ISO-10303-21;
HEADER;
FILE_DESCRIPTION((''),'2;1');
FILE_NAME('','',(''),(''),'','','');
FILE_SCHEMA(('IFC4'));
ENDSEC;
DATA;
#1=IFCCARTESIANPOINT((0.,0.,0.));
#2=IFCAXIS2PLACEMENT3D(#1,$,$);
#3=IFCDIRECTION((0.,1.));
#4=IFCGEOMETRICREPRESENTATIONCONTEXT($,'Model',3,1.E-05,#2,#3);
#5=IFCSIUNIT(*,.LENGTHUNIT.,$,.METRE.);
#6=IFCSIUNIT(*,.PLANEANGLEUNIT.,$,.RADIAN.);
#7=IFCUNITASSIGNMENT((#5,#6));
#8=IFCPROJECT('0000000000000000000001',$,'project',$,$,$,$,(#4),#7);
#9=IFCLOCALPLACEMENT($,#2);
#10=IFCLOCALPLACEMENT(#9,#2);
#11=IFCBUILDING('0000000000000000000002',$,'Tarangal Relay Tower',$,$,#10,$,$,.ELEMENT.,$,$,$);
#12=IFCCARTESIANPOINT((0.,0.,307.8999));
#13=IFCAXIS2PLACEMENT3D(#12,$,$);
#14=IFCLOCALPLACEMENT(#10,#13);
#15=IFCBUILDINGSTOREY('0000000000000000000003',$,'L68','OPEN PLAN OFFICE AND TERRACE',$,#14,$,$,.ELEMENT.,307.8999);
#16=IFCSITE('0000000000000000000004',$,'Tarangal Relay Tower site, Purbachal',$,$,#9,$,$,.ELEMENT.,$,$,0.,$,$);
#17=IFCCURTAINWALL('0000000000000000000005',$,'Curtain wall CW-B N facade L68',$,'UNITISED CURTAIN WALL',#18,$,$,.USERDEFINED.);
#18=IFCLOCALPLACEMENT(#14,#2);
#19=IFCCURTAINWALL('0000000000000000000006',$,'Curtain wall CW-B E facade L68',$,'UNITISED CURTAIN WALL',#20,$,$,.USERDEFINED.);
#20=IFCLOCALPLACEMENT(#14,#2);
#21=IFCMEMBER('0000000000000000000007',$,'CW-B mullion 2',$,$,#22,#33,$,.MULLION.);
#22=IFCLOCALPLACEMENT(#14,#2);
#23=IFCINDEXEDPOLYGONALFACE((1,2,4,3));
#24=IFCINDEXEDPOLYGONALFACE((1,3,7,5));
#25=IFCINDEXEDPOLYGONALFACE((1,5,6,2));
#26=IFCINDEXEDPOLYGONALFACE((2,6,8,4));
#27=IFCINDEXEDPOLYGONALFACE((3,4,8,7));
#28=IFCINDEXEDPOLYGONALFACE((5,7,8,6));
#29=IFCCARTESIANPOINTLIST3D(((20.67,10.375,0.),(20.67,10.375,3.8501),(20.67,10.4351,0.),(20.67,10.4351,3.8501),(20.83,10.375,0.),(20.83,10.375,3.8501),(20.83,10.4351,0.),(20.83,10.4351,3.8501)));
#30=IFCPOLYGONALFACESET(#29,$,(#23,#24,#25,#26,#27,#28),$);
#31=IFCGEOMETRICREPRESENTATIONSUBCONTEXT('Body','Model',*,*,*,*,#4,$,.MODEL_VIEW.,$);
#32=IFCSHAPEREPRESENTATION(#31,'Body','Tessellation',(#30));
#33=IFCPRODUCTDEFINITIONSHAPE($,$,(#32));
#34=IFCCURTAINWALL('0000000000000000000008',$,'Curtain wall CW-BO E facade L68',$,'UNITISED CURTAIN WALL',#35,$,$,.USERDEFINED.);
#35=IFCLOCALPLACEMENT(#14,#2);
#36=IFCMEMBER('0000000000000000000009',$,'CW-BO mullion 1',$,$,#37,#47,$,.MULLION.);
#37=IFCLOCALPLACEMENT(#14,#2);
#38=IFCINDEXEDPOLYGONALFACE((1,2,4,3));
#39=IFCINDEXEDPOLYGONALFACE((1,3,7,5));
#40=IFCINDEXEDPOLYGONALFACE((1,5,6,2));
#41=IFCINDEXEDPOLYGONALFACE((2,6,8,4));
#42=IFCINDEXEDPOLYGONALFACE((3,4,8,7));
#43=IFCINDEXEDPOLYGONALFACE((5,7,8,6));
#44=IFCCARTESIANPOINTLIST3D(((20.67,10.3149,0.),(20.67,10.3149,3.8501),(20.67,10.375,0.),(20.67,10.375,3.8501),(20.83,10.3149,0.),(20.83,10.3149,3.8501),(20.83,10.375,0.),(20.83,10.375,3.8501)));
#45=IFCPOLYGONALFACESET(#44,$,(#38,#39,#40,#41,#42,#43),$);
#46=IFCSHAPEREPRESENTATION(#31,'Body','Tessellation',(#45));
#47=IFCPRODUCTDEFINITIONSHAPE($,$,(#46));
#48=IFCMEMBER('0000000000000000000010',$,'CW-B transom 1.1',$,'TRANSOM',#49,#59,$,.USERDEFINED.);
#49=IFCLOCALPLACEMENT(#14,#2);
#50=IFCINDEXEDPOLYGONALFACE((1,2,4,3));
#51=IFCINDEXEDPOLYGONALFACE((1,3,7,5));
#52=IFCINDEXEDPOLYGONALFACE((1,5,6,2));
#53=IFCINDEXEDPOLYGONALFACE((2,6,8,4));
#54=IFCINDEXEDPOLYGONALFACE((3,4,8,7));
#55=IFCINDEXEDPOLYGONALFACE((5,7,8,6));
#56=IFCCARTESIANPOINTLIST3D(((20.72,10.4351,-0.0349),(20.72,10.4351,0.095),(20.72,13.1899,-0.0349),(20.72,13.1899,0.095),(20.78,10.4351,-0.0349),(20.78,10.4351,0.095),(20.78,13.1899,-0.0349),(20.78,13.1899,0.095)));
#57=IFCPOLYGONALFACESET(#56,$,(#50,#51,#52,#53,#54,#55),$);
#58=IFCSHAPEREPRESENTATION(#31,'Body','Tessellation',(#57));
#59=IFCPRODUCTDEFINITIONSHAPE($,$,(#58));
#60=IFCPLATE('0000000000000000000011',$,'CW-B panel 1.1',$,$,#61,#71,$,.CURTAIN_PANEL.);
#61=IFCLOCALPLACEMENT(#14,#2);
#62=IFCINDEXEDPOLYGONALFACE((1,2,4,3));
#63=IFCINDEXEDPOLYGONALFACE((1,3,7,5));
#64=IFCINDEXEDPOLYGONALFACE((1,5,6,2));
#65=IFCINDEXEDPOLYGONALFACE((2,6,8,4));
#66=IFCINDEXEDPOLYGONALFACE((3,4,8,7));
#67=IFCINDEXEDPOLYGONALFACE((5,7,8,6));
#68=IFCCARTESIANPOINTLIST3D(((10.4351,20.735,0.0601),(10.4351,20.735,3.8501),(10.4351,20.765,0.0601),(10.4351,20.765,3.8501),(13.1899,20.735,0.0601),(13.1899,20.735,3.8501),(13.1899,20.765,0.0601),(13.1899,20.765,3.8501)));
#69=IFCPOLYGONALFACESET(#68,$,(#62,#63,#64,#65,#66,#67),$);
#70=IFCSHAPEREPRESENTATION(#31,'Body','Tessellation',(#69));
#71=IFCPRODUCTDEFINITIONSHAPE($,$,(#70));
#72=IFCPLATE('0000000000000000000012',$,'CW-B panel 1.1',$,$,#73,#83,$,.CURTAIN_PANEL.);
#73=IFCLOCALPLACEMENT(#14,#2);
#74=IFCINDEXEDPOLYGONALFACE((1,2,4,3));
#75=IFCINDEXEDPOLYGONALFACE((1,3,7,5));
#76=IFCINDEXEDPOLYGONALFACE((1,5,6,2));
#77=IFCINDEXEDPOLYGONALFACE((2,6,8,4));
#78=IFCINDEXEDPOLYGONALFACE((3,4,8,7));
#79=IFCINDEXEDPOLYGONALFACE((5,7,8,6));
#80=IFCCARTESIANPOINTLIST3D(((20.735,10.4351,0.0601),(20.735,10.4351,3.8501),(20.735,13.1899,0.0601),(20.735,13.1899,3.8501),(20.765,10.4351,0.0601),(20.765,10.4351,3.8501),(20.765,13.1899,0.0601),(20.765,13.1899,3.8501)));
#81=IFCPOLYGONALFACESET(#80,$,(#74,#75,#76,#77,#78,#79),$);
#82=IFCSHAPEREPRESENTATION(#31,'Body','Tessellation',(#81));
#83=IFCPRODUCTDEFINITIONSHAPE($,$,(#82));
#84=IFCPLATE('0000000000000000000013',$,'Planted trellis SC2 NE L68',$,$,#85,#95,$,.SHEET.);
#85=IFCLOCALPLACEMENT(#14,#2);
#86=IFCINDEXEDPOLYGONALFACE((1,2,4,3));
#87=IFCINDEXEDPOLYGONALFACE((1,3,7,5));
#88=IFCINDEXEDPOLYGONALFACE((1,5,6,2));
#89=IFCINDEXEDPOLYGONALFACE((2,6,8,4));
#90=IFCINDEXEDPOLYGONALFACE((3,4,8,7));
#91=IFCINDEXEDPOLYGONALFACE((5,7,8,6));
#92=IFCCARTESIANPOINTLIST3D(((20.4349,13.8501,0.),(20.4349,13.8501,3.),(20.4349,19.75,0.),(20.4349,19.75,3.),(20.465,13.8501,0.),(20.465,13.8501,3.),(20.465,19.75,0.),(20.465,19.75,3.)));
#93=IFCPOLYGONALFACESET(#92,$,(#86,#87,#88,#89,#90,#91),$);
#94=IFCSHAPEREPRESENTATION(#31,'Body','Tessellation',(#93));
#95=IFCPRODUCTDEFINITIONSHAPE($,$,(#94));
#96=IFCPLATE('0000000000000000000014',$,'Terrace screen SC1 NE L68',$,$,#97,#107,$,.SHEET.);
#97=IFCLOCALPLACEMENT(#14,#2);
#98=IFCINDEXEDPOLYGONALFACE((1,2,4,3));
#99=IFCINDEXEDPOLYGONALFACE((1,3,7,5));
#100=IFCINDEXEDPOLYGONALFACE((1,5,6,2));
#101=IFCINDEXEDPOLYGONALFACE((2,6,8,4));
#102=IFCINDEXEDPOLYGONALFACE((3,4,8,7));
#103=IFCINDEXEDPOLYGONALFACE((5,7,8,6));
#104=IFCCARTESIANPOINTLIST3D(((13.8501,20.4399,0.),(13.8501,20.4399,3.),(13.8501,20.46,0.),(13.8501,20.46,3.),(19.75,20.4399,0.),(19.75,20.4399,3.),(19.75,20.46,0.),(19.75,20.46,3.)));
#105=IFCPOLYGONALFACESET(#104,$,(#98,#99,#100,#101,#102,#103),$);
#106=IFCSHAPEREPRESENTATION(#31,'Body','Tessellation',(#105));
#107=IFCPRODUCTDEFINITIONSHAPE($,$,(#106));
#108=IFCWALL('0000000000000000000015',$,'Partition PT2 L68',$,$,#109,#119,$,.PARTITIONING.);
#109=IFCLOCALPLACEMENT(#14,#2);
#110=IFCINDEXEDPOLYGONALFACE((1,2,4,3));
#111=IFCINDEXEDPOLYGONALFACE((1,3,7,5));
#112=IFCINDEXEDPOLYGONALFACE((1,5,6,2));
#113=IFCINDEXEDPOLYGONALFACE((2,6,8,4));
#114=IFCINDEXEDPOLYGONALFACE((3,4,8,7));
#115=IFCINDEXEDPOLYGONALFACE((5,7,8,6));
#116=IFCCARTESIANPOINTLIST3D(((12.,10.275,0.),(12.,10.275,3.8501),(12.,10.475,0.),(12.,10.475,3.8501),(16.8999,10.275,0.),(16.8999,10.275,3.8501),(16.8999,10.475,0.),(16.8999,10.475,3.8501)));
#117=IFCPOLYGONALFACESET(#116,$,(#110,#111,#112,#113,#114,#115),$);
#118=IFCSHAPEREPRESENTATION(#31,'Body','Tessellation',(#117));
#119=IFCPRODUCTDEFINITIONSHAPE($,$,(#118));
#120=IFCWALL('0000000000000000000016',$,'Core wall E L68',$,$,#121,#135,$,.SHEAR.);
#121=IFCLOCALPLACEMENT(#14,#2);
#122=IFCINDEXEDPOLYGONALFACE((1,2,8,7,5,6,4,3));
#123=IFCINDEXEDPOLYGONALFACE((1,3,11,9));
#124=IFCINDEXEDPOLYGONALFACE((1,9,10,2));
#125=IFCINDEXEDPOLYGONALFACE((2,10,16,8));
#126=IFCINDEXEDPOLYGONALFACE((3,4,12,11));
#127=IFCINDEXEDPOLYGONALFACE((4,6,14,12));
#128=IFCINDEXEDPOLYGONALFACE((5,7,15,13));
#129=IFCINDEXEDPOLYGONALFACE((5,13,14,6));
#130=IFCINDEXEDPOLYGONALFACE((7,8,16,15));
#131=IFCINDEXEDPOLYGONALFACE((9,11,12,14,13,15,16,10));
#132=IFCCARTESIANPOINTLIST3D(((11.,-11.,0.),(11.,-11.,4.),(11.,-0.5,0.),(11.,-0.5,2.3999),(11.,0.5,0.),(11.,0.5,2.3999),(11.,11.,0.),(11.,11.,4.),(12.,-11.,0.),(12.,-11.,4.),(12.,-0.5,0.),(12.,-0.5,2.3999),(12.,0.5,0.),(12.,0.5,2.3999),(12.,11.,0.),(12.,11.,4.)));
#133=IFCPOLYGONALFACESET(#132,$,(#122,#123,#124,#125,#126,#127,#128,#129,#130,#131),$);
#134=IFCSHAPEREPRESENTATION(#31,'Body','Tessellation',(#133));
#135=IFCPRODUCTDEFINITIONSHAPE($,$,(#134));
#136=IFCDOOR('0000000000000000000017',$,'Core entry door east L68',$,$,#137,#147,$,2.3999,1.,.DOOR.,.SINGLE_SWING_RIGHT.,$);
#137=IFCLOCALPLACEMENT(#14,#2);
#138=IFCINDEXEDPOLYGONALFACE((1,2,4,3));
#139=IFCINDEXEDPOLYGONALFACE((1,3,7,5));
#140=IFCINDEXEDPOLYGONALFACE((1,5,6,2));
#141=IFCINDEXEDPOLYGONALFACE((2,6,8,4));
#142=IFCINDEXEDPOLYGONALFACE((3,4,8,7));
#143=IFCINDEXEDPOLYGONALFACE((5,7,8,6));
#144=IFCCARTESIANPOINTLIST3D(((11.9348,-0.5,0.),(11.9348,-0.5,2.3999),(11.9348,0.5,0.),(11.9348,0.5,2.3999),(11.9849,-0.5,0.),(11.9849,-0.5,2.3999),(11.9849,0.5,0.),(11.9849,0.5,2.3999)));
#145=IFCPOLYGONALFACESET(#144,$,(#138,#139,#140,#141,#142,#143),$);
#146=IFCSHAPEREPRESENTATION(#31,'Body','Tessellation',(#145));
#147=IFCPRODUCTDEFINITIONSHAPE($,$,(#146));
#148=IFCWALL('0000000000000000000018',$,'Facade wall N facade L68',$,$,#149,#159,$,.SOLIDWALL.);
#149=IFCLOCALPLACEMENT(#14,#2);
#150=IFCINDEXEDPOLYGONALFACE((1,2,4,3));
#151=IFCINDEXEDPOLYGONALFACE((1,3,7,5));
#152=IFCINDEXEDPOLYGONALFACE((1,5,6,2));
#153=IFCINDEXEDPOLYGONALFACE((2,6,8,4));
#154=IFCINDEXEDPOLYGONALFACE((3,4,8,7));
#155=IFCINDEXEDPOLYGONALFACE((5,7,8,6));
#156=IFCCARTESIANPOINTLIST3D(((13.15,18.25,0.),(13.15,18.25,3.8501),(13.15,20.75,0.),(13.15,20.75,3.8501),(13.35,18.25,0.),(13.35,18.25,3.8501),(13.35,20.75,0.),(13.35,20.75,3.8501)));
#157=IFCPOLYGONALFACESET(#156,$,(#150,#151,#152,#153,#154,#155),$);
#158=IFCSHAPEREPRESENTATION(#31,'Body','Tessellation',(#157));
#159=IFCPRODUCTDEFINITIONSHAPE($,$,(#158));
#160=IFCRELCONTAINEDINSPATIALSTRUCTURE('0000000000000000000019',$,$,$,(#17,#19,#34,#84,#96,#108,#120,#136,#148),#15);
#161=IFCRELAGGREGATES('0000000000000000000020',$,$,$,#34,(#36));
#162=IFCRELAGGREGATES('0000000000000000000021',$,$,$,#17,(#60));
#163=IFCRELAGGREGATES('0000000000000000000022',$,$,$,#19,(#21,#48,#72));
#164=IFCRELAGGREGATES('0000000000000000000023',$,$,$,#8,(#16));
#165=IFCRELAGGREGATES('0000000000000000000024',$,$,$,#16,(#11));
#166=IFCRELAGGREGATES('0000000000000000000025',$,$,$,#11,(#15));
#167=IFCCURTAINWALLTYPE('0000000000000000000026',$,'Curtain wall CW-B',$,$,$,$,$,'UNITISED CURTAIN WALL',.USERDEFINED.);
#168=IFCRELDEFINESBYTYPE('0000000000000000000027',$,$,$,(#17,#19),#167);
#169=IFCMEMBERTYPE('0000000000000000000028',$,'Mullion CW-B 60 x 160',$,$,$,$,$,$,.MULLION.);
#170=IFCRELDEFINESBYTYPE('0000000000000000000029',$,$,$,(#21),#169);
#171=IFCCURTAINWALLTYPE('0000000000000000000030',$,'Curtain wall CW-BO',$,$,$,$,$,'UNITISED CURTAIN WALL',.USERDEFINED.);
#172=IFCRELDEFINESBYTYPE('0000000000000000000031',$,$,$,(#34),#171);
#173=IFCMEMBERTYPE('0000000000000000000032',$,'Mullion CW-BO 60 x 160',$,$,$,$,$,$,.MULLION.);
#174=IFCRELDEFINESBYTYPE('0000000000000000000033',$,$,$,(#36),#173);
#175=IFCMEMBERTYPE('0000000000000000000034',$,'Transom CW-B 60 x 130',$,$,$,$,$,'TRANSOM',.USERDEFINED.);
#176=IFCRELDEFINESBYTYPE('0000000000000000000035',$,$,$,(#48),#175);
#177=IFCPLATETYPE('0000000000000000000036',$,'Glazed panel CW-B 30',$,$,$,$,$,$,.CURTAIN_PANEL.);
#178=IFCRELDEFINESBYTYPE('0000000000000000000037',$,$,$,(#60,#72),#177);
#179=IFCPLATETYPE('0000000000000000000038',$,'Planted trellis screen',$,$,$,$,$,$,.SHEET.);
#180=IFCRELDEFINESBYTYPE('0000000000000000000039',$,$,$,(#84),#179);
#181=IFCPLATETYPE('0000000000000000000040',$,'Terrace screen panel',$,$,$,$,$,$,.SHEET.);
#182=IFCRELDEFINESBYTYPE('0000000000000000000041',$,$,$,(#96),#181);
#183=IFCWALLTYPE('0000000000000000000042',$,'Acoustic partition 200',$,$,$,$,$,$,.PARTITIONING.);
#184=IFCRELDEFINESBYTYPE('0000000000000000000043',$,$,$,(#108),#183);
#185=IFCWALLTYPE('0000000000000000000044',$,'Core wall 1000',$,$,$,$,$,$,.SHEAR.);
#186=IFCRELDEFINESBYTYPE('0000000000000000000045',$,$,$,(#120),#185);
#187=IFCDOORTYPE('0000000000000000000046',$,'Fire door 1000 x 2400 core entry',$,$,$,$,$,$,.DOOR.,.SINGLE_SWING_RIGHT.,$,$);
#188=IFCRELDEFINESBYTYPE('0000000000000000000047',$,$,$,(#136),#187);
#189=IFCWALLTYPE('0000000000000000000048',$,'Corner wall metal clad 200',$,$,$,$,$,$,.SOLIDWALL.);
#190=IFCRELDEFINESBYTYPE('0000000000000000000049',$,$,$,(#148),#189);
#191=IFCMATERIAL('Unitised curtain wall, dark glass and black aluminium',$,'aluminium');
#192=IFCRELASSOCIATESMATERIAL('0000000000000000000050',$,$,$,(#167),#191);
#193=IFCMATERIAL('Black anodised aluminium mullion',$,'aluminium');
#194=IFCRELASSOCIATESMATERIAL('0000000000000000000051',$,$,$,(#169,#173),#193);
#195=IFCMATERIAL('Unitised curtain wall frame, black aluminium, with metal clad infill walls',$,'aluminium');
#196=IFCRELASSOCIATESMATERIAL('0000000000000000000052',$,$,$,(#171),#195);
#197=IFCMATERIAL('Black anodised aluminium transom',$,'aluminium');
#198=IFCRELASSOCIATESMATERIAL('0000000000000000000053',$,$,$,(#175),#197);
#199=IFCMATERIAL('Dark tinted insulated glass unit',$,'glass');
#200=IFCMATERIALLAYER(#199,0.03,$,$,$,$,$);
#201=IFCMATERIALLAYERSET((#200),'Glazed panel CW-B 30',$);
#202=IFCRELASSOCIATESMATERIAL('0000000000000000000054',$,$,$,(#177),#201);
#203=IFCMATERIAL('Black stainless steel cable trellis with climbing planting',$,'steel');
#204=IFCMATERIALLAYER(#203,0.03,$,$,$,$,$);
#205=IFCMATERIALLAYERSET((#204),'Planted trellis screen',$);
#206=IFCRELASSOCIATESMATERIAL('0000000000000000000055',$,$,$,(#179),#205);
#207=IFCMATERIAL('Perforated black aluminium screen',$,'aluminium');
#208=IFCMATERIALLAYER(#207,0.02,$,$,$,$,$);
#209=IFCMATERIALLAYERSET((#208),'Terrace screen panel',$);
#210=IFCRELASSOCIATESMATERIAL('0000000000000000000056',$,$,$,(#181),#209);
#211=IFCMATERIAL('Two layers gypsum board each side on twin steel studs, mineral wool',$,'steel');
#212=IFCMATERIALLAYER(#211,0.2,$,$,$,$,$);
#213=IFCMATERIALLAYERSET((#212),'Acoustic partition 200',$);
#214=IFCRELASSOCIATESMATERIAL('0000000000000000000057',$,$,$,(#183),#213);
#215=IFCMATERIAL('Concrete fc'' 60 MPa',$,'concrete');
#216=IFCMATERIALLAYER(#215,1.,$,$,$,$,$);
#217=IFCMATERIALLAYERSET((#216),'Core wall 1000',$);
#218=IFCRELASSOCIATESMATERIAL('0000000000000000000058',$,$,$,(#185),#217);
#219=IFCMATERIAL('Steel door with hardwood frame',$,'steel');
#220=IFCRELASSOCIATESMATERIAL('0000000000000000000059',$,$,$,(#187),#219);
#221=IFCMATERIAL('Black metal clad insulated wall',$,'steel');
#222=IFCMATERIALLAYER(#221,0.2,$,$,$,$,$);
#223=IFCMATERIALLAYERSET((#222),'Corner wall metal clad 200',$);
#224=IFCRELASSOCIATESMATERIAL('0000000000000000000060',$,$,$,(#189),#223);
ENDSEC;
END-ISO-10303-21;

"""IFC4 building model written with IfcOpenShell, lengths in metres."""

from ifc_helpers import new_model, si_unit, direction, frame, frame_2d, origin, origin_2d, place, context, subcontext, project, spatial, rectangle, extrude, material, layer, layer_set, material_profile, profile_set, type_object, element, fill, aggregate, save


model = new_model("IFC4")

# Units and contexts
model_context = context("Model", 3, precision=1e-05, world=origin(), true_north=direction((0.0, 1.0)))
body_context = subcontext(model_context, "Body", "Model", "MODEL_VIEW")
ifc_project = project(units=[si_unit("LENGTHUNIT", "METRE"), si_unit("PLANEANGLEUNIT", "RADIAN")], contexts=[model_context])

# Site, building, storey
site_placement = place(None, origin())
site = spatial("IfcSite", under=ifc_project, at=site_placement, Name="Tarangal Relay Tower site, Purbachal", CompositionType="ELEMENT", RefElevation=0.0)
building_placement = place(site_placement, origin())
building = spatial("IfcBuilding", under=site, at=building_placement, Name="Tarangal Relay Tower", CompositionType="ELEMENT")
storey_placement = place(building_placement, frame((0.0, 0.0, 307.8999)))
storey = spatial("IfcBuildingStorey", under=building, at=storey_placement, Name="L68", Description="OPEN PLAN OFFICE AND TERRACE", CompositionType="ELEMENT", Elevation=307.8999)

# Curtain wall
ifc_material_1 = material(Name="Unitised curtain wall, dark glass and black aluminium", Category="aluminium")
curtain_wall_type_1 = type_object("IfcCurtainWallType", Name="Curtain wall CW-B", ElementType="UNITISED CURTAIN WALL", PredefinedType="USERDEFINED", material=ifc_material_1)
curtain_wall_1_placement = place(storey_placement, origin())
curtain_wall_1 = element("IfcCurtainWall", 1, at=curtain_wall_1_placement, inside=storey, type_object=curtain_wall_type_1, Name="Curtain wall CW-B N facade L68", ObjectType="UNITISED CURTAIN WALL", PredefinedType="USERDEFINED")
ifc_material_2 = material(Name="Black anodised aluminium mullion", Category="aluminium")
ifc_material_profile_1 = material_profile(ifc_material_2, rectangle(XDim=0.1599, YDim=0.0601, at=origin_2d()), Name="CW-BM 60X160")
ifc_profile_set_1 = profile_set([ifc_material_profile_1], Name="Black anodised aluminium mullion")
member_type_1 = type_object("IfcMemberType", Name="Mullion CW-B 60 x 160", PredefinedType="MULLION", material=ifc_profile_set_1)

# Curtain wall, member
curtain_wall_2_placement = place(storey_placement, origin())
curtain_wall_2 = element("IfcCurtainWall", 2, at=curtain_wall_2_placement, inside=storey, type_object=curtain_wall_type_1, Name="Curtain wall CW-B E facade L68", ObjectType="UNITISED CURTAIN WALL", PredefinedType="USERDEFINED")
member_1_placement = place(storey_placement, frame((20.75, 10.405, 0.0), z_axis=(0.0, 0.0, 1.0), x_axis=(1.0, 0.0, 0.0)))
member_1 = element("IfcMember", 3, at=member_1_placement, type_object=member_type_1, Name="CW-B mullion 2", PredefinedType="MULLION", context=body_context, shape_type="SweptSolid", body=[
    extrude(rectangle(XDim=0.1599, YDim=0.0601, at=origin_2d()), origin(), (0.0, 0.0, 1.0), 3.8501),
])

# Curtain wall, member
ifc_material_3 = material(Name="Unitised curtain wall frame, black aluminium, with metal clad infill walls", Category="aluminium")
curtain_wall_type_2 = type_object("IfcCurtainWallType", Name="Curtain wall CW-BO", ElementType="UNITISED CURTAIN WALL", PredefinedType="USERDEFINED", material=ifc_material_3)
curtain_wall_3_placement = place(storey_placement, origin())
curtain_wall_3 = element("IfcCurtainWall", 4, at=curtain_wall_3_placement, inside=storey, type_object=curtain_wall_type_2, Name="Curtain wall CW-BO E facade L68", ObjectType="UNITISED CURTAIN WALL", PredefinedType="USERDEFINED")
ifc_material_profile_2 = material_profile(ifc_material_2, rectangle(XDim=0.1599, YDim=0.0601, at=origin_2d()), Name="CW-BOM 60X160")
ifc_profile_set_2 = profile_set([ifc_material_profile_2], Name="Black anodised aluminium mullion")
member_type_2 = type_object("IfcMemberType", Name="Mullion CW-BO 60 x 160", PredefinedType="MULLION", material=ifc_profile_set_2)
member_2_placement = place(storey_placement, frame((20.75, 10.345, 0.0), z_axis=(0.0, 0.0, 1.0), x_axis=(1.0, 0.0, 0.0)))
member_2 = element("IfcMember", 5, at=member_2_placement, type_object=member_type_2, Name="CW-BO mullion 1", PredefinedType="MULLION", context=body_context, shape_type="SweptSolid", body=[
    extrude(rectangle(XDim=0.1599, YDim=0.0601, at=origin_2d()), origin(), (0.0, 0.0, 1.0), 3.8501),
])
aggregate(curtain_wall_3, [member_2])

# Member
ifc_material_4 = material(Name="Black anodised aluminium transom", Category="aluminium")
ifc_material_profile_3 = material_profile(ifc_material_4, rectangle(XDim=0.0601, YDim=0.1299, at=origin_2d()), Name="CW-BT 60X130")
ifc_profile_set_3 = profile_set([ifc_material_profile_3], Name="Black anodised aluminium transom")
member_type_3 = type_object("IfcMemberType", Name="Transom CW-B 60 x 130", ElementType="TRANSOM", PredefinedType="USERDEFINED", material=ifc_profile_set_3)
member_3_placement = place(storey_placement, frame((20.75, 13.1899, 0.03), z_axis=(0.0, -1.0, 0.0), x_axis=(1.0, 0.0, 0.0)))
member_3 = element("IfcMember", 6, at=member_3_placement, type_object=member_type_3, Name="CW-B transom 1.1", ObjectType="TRANSOM", PredefinedType="USERDEFINED", context=body_context, shape_type="SweptSolid", body=[
    extrude(rectangle(XDim=0.0601, YDim=0.1299, at=origin_2d()), origin(), (0.0, 0.0, 1.0), 2.7549),
])

# Plates
ifc_material_5 = material(Name="Dark tinted insulated glass unit", Category="glass")
ifc_layer_1 = layer(ifc_material_5, 0.03)
ifc_layer_set_1 = layer_set([ifc_layer_1], Name="Glazed panel CW-B 30")
plate_type_1 = type_object("IfcPlateType", Name="Glazed panel CW-B 30", PredefinedType="CURTAIN_PANEL", material=ifc_layer_set_1)
plate_1_placement = place(storey_placement, frame((11.8125, 20.75, 0.0601), z_axis=(0.0, 0.0, 1.0), x_axis=(1.0, 0.0, 0.0)))
plate_1 = element("IfcPlate", 7, at=plate_1_placement, type_object=plate_type_1, Name="CW-B panel 1.1", PredefinedType="CURTAIN_PANEL", context=body_context, shape_type="SweptSolid", body=[
    extrude(rectangle(XDim=2.7549, YDim=0.03, at=origin_2d()), origin(), (0.0, 0.0, 1.0), 3.79),
])
aggregate(curtain_wall_1, [plate_1])
plate_2_placement = place(storey_placement, frame((20.75, 11.8125, 0.0601), z_axis=(0.0, 0.0, 1.0), x_axis=(0.0, -1.0, 0.0)))
plate_2 = element("IfcPlate", 8, at=plate_2_placement, type_object=plate_type_1, Name="CW-B panel 1.1", PredefinedType="CURTAIN_PANEL", context=body_context, shape_type="SweptSolid", body=[
    extrude(rectangle(XDim=2.7549, YDim=0.03, at=origin_2d()), origin(), (0.0, 0.0, 1.0), 3.79),
])
aggregate(curtain_wall_2, [member_1, member_3, plate_2])

# Plates
ifc_material_6 = material(Name="Black stainless steel cable trellis with climbing planting", Category="steel")
ifc_layer_2 = layer(ifc_material_6, 0.03)
ifc_layer_set_2 = layer_set([ifc_layer_2], Name="Planted trellis screen")
plate_type_2 = type_object("IfcPlateType", Name="Planted trellis screen", PredefinedType="SHEET", material=ifc_layer_set_2)
plate_3_placement = place(storey_placement, frame((20.45, 16.8, 0.0), z_axis=(0.0, 0.0, 1.0), x_axis=(0.0, -1.0, 0.0)))
element("IfcPlate", 9, at=plate_3_placement, inside=storey, type_object=plate_type_2, Name="Planted trellis SC2 NE L68", PredefinedType="SHEET", context=body_context, shape_type="SweptSolid", body=[
    extrude(rectangle(XDim=5.8999, YDim=0.03, at=origin_2d()), origin(), (0.0, 0.0, 1.0), 3.0),
])
ifc_material_7 = material(Name="Perforated black aluminium screen", Category="aluminium")
ifc_layer_3 = layer(ifc_material_7, 0.02)
ifc_layer_set_3 = layer_set([ifc_layer_3], Name="Terrace screen panel")
plate_type_3 = type_object("IfcPlateType", Name="Terrace screen panel", PredefinedType="SHEET", material=ifc_layer_set_3)
plate_4_placement = place(storey_placement, frame((16.8, 20.45, 0.0), z_axis=(0.0, 0.0, 1.0), x_axis=(1.0, 0.0, 0.0)))
element("IfcPlate", 10, at=plate_4_placement, inside=storey, type_object=plate_type_3, Name="Terrace screen SC1 NE L68", PredefinedType="SHEET", context=body_context, shape_type="SweptSolid", body=[
    extrude(rectangle(XDim=5.8999, YDim=0.02, at=origin_2d()), origin(), (0.0, 0.0, 1.0), 3.0),
])

# Wall
ifc_material_8 = material(Name="Two layers gypsum board each side on twin steel studs, mineral wool", Category="steel")
ifc_layer_4 = layer(ifc_material_8, 0.2)
ifc_layer_set_4 = layer_set([ifc_layer_4], Name="Acoustic partition 200")
wall_type_1 = type_object("IfcWallType", Name="Acoustic partition 200", PredefinedType="PARTITIONING", material=ifc_layer_set_4)
wall_1_placement = place(storey_placement, frame((12.0, 10.375, 0.0), z_axis=(0.0, 0.0, 1.0), x_axis=(1.0, 0.0, 0.0)))
element("IfcWall", 11, at=wall_1_placement, inside=storey, type_object=wall_type_1, Name="Partition PT2 L68", PredefinedType="PARTITIONING", context=body_context, shape_type="SweptSolid", body=[
    extrude(rectangle(XDim=4.8999, YDim=0.2, at=frame_2d((2.45, 0.0))), origin(), (0.0, 0.0, 1.0), 3.8501),
])

# Wall, opening, door
ifc_material_9 = material(Name="Concrete fc' 60 MPa", Category="concrete")
ifc_layer_5 = layer(ifc_material_9, 1.0)
ifc_layer_set_5 = layer_set([ifc_layer_5], Name="Core wall 1000")
wall_type_2 = type_object("IfcWallType", Name="Core wall 1000", PredefinedType="SHEAR", material=ifc_layer_set_5)
wall_2_placement = place(storey_placement, frame((11.5, 11.0, 0.0), z_axis=(0.0, 0.0, 1.0), x_axis=(0.0, -1.0, 0.0)))
wall_2 = element("IfcWall", 12, at=wall_2_placement, inside=storey, type_object=wall_type_2, Name="Core wall E L68", PredefinedType="SHEAR", context=body_context, shape_type="SweptSolid", body=[
    extrude(rectangle(XDim=22.0, YDim=1.0, at=frame_2d((11.0, 0.0))), origin(), (0.0, 0.0, 1.0), 4.0),
])
opening_1_placement = place(wall_2_placement, frame((10.5, 0.0, 0.0)))
opening_1 = element("IfcOpeningElement", 13, at=opening_1_placement, cuts=wall_2, PredefinedType="OPENING", context=body_context, shape_type="SweptSolid", body=[
    extrude(rectangle(XDim=1.0, YDim=2.3999, at=frame_2d((0.5, 1.2))), frame((0.0, 0.51, 0.0), z_axis=(0.0, -1.0, 0.0), x_axis=(1.0, 0.0, 0.0)), (0.0, 0.0, 1.0), 1.02),
])
ifc_material_10 = material(Name="Steel door with hardwood frame", Category="steel")
door_type_1 = type_object("IfcDoorType", Name="Fire door 1000 x 2400 core entry", OperationType="SINGLE_SWING_RIGHT", PredefinedType="DOOR", material=ifc_material_10)
door_1_placement = place(opening_1_placement, origin())
door_1 = element("IfcDoor", 14, at=door_1_placement, inside=storey, type_object=door_type_1, Name="Core entry door east L68", OperationType="SINGLE_SWING_RIGHT", OverallHeight=2.3999, OverallWidth=1.0, PredefinedType="DOOR", context=body_context, shape_type="SweptSolid", body=[
    extrude(rectangle(XDim=1.0, YDim=2.3999, at=frame_2d((0.5, 1.2))), frame((0.0, 0.4849, 0.0), z_axis=(0.0, -1.0, 0.0), x_axis=(1.0, 0.0, 0.0)), (0.0, 0.0, 1.0), 0.05),
])
fill(opening_1, door_1)

# Wall
ifc_material_11 = material(Name="Black metal clad insulated wall", Category="steel")
ifc_layer_6 = layer(ifc_material_11, 0.2)
ifc_layer_set_6 = layer_set([ifc_layer_6], Name="Corner wall metal clad 200")
wall_type_3 = type_object("IfcWallType", Name="Corner wall metal clad 200", PredefinedType="SOLIDWALL", material=ifc_layer_set_6)
wall_3_placement = place(storey_placement, frame((13.25, 20.75, 0.0), z_axis=(0.0, 0.0, 1.0), x_axis=(0.0, -1.0, 0.0)))
element("IfcWall", 15, at=wall_3_placement, inside=storey, type_object=wall_type_3, Name="Facade wall N facade L68", PredefinedType="SOLIDWALL", context=body_context, shape_type="SweptSolid", body=[
    extrude(rectangle(XDim=2.5, YDim=0.2, at=frame_2d((1.25, 0.0))), origin(), (0.0, 0.0, 1.0), 3.8501),
])

save(model, "model.ifc")
